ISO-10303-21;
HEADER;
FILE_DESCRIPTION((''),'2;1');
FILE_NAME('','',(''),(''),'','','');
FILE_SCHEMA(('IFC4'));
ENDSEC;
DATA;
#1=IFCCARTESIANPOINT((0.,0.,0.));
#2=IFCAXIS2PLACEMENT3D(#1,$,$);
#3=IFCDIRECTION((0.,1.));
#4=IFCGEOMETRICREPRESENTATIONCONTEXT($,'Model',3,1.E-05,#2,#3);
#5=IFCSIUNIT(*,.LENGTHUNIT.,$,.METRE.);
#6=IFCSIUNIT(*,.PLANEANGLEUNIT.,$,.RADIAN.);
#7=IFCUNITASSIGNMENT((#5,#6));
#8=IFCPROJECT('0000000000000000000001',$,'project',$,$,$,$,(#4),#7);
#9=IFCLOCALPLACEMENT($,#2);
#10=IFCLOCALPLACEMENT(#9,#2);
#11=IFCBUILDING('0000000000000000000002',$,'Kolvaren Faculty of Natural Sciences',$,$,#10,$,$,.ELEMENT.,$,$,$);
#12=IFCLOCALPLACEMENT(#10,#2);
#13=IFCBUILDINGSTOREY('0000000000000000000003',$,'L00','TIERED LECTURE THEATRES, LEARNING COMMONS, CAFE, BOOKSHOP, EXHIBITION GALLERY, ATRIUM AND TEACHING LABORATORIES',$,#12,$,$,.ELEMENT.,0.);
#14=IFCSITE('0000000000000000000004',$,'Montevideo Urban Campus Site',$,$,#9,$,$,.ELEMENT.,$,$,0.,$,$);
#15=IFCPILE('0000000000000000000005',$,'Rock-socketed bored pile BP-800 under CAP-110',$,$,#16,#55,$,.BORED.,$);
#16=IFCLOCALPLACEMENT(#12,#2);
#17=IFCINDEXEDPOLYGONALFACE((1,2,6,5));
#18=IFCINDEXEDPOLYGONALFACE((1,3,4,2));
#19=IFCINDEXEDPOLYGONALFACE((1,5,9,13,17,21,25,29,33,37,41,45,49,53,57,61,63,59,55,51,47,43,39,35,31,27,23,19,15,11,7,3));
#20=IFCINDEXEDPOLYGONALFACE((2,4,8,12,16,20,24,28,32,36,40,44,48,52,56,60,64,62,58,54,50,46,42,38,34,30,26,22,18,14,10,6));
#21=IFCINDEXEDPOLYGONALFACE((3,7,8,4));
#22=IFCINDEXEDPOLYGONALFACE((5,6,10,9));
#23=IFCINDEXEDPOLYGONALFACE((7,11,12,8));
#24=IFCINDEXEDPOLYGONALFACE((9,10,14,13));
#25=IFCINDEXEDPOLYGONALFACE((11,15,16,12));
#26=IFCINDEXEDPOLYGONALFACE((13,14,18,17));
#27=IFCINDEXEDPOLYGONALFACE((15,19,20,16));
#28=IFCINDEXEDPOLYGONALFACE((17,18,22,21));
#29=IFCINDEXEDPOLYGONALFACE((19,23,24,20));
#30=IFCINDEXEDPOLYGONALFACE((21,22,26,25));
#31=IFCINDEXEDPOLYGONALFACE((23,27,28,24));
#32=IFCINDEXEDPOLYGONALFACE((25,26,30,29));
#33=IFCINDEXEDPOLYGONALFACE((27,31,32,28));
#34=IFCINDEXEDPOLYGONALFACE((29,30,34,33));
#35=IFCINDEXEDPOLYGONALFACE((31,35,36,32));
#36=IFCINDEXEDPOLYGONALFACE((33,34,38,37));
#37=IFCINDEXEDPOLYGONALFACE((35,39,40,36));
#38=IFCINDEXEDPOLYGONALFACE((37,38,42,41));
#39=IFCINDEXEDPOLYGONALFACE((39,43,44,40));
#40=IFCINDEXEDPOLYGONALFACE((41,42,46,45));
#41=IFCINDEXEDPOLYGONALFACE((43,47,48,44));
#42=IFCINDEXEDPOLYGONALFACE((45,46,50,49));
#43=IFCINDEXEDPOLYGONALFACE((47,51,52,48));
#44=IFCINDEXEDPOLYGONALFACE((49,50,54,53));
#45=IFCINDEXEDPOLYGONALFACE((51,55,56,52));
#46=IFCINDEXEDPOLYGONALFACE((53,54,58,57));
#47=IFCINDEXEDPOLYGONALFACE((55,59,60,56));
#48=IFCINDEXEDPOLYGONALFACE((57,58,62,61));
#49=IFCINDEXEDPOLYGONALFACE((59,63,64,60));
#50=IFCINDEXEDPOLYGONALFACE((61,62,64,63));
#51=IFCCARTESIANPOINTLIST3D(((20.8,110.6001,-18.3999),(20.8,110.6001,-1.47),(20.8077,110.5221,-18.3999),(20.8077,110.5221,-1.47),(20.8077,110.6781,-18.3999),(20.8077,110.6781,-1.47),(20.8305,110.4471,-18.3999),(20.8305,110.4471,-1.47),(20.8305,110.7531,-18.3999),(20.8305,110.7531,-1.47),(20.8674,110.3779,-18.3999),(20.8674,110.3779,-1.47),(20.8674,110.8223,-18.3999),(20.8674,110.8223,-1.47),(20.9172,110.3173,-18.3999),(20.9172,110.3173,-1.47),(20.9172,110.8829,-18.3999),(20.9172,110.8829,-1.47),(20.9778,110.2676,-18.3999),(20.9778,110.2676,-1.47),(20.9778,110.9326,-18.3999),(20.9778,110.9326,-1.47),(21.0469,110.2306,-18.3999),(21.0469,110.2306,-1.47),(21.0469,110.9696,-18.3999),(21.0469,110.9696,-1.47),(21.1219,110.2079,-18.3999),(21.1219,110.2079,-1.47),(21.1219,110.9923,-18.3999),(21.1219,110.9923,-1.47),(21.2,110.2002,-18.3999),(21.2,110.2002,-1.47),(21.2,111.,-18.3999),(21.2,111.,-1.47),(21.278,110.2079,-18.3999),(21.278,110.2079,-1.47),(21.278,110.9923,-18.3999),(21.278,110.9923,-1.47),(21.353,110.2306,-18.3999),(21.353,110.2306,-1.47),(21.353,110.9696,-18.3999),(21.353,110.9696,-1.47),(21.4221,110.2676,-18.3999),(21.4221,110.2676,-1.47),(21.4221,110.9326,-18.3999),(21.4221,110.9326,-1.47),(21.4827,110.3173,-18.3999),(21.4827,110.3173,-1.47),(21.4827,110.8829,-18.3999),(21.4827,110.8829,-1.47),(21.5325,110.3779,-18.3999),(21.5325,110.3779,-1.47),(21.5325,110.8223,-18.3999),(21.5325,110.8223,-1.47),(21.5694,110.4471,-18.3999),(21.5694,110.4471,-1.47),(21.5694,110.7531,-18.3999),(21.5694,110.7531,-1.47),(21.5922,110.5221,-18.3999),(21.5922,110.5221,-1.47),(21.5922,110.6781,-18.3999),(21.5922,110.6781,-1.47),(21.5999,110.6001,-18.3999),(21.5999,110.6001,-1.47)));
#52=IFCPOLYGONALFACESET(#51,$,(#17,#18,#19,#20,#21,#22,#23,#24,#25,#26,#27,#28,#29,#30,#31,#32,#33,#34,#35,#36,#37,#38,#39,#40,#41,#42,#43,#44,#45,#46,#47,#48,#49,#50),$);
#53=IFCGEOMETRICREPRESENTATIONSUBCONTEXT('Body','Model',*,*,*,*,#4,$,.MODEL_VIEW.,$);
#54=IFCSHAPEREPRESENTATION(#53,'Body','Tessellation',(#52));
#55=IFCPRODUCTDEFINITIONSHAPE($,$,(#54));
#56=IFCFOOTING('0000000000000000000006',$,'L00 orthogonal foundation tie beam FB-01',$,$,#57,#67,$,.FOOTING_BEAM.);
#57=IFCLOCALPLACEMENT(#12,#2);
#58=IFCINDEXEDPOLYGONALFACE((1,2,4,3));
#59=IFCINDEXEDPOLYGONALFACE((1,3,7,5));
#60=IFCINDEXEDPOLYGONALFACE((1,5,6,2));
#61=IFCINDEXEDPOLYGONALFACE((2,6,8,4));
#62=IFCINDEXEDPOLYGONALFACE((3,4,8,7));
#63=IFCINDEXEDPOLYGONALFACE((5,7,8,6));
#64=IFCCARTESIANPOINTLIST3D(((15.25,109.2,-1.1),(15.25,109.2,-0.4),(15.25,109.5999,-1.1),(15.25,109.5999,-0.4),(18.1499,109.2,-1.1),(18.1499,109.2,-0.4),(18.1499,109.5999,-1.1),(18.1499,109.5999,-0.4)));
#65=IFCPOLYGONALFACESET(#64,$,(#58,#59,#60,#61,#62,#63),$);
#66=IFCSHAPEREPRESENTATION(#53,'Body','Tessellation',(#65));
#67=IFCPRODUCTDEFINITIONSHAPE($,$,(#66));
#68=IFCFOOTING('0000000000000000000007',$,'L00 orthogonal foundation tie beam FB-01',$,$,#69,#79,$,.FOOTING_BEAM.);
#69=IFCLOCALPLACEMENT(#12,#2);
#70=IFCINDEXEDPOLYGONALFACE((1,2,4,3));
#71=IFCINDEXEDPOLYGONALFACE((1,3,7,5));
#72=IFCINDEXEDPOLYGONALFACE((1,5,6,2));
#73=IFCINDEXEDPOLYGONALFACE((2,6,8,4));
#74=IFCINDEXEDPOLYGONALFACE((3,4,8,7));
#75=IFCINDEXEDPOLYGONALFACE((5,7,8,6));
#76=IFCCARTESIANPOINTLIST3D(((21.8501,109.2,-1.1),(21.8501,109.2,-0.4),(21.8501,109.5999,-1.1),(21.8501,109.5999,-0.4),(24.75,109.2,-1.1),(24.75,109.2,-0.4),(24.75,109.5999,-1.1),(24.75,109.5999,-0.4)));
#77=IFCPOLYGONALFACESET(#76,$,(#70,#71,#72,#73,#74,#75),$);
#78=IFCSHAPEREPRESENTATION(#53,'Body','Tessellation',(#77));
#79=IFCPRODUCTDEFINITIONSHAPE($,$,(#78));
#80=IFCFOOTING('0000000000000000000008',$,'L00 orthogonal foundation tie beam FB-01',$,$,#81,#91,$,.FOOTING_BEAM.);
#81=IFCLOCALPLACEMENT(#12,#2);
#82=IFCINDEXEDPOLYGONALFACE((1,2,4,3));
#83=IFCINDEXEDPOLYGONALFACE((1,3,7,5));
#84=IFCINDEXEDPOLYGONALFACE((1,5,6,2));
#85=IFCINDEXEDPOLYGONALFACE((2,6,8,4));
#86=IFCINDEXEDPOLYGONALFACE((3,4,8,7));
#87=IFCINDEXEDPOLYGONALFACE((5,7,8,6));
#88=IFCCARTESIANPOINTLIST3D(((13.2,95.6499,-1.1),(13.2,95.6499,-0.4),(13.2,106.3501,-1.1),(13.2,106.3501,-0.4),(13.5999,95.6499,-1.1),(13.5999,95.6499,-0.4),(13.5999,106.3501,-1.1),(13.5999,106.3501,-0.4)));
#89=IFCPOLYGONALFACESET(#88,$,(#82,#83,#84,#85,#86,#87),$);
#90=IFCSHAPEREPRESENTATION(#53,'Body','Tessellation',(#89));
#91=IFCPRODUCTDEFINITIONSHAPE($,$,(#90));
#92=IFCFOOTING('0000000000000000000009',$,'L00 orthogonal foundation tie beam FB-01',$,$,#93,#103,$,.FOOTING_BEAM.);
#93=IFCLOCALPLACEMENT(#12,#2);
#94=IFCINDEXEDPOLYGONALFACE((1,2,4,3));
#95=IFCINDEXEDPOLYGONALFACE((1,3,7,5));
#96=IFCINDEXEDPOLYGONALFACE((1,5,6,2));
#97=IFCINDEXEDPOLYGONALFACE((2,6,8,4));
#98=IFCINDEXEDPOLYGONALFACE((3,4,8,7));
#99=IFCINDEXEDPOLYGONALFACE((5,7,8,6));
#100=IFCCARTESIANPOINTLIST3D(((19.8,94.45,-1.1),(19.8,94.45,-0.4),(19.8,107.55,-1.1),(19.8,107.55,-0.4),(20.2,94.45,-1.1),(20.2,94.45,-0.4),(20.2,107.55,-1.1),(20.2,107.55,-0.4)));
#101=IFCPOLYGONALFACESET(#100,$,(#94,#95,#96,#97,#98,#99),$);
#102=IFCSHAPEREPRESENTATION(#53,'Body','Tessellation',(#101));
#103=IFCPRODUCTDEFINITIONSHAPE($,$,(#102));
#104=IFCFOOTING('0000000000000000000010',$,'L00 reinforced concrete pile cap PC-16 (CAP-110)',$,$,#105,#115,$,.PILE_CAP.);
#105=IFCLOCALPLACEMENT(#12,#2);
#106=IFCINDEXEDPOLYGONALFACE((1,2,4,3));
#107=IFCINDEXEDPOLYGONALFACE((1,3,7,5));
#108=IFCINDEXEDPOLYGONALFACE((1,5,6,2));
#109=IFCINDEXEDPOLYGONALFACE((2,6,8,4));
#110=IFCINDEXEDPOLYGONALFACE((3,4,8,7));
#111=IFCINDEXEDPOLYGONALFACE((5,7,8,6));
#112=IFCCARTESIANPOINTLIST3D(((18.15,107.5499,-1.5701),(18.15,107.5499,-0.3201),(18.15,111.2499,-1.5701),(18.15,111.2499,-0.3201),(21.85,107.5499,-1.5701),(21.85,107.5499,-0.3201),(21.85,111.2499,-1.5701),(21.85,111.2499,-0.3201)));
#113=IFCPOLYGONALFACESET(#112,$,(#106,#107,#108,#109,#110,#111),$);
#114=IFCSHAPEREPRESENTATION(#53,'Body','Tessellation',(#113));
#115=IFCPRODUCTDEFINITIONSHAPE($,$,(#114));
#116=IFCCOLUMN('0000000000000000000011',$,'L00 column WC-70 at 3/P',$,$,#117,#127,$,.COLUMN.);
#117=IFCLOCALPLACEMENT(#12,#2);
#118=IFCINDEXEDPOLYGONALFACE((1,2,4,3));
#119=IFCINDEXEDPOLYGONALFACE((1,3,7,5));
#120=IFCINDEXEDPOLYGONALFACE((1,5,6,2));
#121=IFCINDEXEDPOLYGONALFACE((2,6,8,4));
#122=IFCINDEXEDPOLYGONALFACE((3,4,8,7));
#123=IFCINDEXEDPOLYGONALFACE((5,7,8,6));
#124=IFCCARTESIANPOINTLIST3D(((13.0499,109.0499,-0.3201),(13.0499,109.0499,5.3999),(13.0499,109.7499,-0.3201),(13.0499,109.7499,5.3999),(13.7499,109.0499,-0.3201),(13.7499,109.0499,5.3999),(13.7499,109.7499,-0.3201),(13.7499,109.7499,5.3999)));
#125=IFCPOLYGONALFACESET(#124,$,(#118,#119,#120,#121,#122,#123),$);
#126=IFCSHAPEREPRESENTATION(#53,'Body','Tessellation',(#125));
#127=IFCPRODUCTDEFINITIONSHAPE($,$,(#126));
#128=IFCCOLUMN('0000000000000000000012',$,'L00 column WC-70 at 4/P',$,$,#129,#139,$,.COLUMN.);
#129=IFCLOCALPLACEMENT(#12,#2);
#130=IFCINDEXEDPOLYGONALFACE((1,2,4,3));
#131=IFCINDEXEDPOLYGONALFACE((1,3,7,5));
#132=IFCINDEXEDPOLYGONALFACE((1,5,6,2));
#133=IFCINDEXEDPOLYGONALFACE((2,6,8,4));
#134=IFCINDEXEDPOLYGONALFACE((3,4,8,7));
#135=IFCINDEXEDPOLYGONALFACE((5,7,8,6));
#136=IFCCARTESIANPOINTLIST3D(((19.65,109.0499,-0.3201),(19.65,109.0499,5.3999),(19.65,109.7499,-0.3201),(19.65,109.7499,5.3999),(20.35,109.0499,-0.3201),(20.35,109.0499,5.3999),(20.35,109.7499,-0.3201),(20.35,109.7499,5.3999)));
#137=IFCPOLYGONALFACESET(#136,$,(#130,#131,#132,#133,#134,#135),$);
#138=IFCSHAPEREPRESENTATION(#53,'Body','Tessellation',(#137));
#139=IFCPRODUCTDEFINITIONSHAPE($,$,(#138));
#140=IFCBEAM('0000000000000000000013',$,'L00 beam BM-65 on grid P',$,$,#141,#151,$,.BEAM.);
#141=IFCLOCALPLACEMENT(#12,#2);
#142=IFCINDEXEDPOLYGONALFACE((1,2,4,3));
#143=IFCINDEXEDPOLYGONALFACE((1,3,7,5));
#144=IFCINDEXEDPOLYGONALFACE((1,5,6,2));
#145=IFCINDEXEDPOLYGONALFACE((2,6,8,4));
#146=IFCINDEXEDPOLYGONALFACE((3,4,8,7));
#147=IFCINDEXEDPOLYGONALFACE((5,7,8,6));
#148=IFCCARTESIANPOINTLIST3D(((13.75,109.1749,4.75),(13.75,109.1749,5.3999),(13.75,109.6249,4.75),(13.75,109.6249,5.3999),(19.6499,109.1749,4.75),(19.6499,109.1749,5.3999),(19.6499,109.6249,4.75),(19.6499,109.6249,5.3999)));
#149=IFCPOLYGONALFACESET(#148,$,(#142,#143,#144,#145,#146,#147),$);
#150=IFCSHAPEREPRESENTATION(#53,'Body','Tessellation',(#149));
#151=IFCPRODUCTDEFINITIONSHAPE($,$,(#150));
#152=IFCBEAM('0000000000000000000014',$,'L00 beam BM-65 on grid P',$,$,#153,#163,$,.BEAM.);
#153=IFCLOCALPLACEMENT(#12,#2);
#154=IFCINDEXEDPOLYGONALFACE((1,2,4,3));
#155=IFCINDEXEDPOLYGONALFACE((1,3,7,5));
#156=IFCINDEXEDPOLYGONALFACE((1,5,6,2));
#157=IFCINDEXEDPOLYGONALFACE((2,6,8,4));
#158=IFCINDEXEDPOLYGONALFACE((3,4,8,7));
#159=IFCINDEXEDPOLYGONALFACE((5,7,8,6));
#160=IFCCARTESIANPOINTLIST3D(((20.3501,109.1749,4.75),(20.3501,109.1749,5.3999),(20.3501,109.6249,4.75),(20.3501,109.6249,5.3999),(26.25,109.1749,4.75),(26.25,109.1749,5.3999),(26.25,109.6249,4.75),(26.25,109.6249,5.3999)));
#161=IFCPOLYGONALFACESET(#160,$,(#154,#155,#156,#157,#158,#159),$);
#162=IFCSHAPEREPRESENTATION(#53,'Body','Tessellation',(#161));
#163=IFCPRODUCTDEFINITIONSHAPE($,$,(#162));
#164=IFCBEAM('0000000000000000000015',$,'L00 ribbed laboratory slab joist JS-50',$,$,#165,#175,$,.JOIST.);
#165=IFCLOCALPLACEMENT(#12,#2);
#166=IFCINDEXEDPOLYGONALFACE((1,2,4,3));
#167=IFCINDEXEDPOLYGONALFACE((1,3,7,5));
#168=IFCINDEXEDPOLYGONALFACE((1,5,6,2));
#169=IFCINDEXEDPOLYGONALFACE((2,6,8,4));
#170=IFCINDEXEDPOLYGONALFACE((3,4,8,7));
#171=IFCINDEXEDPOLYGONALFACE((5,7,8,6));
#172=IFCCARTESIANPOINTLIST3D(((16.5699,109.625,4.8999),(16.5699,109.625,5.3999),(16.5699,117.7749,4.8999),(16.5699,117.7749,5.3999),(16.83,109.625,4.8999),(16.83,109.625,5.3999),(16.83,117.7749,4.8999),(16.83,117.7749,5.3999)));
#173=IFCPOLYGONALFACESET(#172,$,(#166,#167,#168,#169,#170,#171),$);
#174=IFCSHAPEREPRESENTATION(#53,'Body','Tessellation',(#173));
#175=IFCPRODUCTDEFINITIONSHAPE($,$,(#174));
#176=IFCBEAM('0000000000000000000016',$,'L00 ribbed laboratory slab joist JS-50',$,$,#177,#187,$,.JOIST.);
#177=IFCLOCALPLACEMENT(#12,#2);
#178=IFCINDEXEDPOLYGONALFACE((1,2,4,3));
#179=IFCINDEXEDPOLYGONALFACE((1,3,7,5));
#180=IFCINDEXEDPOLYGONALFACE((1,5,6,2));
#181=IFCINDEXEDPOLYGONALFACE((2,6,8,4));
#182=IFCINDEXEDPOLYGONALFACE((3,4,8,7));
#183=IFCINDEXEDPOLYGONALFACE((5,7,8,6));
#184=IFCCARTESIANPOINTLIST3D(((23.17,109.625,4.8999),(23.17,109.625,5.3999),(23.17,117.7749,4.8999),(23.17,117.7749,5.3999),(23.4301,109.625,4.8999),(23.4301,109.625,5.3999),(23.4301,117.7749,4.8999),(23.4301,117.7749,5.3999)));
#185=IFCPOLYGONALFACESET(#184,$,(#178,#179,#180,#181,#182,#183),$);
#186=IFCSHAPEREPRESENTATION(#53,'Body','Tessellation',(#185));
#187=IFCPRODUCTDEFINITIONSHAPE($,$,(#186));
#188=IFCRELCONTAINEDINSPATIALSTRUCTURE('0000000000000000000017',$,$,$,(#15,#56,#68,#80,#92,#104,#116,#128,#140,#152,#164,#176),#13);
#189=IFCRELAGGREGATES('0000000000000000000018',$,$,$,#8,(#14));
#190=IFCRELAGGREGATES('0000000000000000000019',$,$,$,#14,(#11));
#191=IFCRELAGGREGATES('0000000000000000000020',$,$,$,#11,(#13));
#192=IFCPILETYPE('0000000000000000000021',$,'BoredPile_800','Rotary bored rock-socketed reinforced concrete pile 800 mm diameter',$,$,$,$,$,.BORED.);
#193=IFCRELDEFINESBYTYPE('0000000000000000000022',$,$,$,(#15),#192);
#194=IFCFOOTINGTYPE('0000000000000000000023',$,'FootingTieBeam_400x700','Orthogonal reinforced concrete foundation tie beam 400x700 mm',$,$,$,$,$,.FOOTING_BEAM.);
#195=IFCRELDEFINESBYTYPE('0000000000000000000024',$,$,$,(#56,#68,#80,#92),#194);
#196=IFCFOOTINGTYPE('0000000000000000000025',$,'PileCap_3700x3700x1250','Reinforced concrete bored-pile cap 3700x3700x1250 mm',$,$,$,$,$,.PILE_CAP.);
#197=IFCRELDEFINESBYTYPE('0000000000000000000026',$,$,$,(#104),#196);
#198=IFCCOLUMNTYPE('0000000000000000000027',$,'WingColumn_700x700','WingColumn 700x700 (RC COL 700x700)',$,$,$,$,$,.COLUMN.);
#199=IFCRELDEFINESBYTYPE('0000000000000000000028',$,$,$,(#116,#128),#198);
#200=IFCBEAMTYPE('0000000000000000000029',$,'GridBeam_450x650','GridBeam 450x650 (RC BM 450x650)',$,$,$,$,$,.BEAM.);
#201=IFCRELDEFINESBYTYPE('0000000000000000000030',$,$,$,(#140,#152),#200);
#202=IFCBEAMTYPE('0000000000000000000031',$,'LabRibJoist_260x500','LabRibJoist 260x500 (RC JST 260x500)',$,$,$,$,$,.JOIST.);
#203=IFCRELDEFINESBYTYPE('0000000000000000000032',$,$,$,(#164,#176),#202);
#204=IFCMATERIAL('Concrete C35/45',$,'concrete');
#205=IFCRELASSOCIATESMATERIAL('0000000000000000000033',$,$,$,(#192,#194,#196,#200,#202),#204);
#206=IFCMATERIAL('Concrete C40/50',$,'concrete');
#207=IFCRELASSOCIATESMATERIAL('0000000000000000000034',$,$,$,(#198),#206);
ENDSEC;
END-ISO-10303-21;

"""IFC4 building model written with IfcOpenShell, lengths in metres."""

from ifc_helpers import new_model, si_unit, direction, frame, origin, origin_2d, place, context, subcontext, project, spatial, rectangle, circle, extrude, material, material_profile, profile_set, type_object, element, save


model = new_model("IFC4")

# Units and contexts
model_context = context("Model", 3, precision=1e-05, world=origin(), true_north=direction((0.0, 1.0)))
body_context = subcontext(model_context, "Body", "Model", "MODEL_VIEW")
ifc_project = project(units=[si_unit("LENGTHUNIT", "METRE"), si_unit("PLANEANGLEUNIT", "RADIAN")], contexts=[model_context])

# Site, building, storey
site_placement = place(None, origin())
site = spatial("IfcSite", under=ifc_project, at=site_placement, Name="Montevideo Urban Campus Site", CompositionType="ELEMENT", RefElevation=0.0)
building_placement = place(site_placement, origin())
building = spatial("IfcBuilding", under=site, at=building_placement, Name="Kolvaren Faculty of Natural Sciences", CompositionType="ELEMENT")
storey_placement = place(building_placement, origin())
storey = spatial("IfcBuildingStorey", under=building, at=storey_placement, Name="L00", Description="TIERED LECTURE THEATRES, LEARNING COMMONS, CAFE, BOOKSHOP, EXHIBITION GALLERY, ATRIUM AND TEACHING LABORATORIES", CompositionType="ELEMENT", Elevation=0.0)

# Pile
ifc_material_1 = material(Name="Concrete C35/45", Category="concrete")
ifc_material_profile_1 = material_profile(ifc_material_1, circle(Radius=0.3999, at=origin_2d()), Name="PILE D800")
ifc_profile_set_1 = profile_set([ifc_material_profile_1], Name="Concrete C35/45")
pile_type_1 = type_object("IfcPileType", Name="BoredPile_800", Description="Rotary bored rock-socketed reinforced concrete pile 800 mm diameter", PredefinedType="BORED", material=ifc_profile_set_1)
for number, where, z_axis, x_axis, name in (
    (1, (21.2, 110.6001, -1.47), (0.0, 0.0, -1.0), (1.0, 0.0, 0.0), "Rock-socketed bored pile BP-800 under CAP-110"),
):
    element("IfcPile", number, at=place(storey_placement, frame(where, z_axis=z_axis, x_axis=x_axis)), inside=storey, type_object=pile_type_1, Name=name, PredefinedType="BORED", context=body_context, shape_type="SweptSolid", body=[
        extrude(circle(Radius=0.3999, at=origin_2d()), origin(), (0.0, 0.0, 1.0), 16.9299),
    ])

# Footings
ifc_material_profile_2 = material_profile(ifc_material_1, rectangle(XDim=0.3999, YDim=0.7, at=origin_2d()), Name="RC FB 400x700")
ifc_profile_set_2 = profile_set([ifc_material_profile_2], Name="Concrete C35/45")
footing_type_1 = type_object("IfcFootingType", Name="FootingTieBeam_400x700", Description="Orthogonal reinforced concrete foundation tie beam 400x700 mm", PredefinedType="FOOTING_BEAM", material=ifc_profile_set_2)
for number, where, z_axis, x_axis, name in (
    (2, (15.25, 109.3999, -0.75), (1.0, 0.0, 0.0), (0.0, 1.0, 0.0), "L00 orthogonal foundation tie beam FB-01"),
    (3, (21.8501, 109.3999, -0.75), (1.0, 0.0, 0.0), (0.0, 1.0, 0.0), "L00 orthogonal foundation tie beam FB-01"),
):
    element("IfcFooting", number, at=place(storey_placement, frame(where, z_axis=z_axis, x_axis=x_axis)), inside=storey, type_object=footing_type_1, Name=name, PredefinedType="FOOTING_BEAM", context=body_context, shape_type="SweptSolid", body=[
        extrude(rectangle(XDim=0.3999, YDim=0.7, at=origin_2d()), origin(), (0.0, 0.0, 1.0), 2.8999),
    ])
footing_1_placement = place(storey_placement, frame((13.3999, 95.6499, -0.75), z_axis=(0.0, 1.0, 0.0), x_axis=(-1.0, 0.0, 0.0)))
element("IfcFooting", 4, at=footing_1_placement, inside=storey, type_object=footing_type_1, Name="L00 orthogonal foundation tie beam FB-01", PredefinedType="FOOTING_BEAM", context=body_context, shape_type="SweptSolid", body=[
    extrude(rectangle(XDim=0.3999, YDim=0.7, at=origin_2d()), origin(), (0.0, 0.0, 1.0), 10.7002),
])
footing_2_placement = place(storey_placement, frame((20.0, 94.45, -0.75), z_axis=(0.0, 1.0, 0.0), x_axis=(-1.0, 0.0, 0.0)))
element("IfcFooting", 5, at=footing_2_placement, inside=storey, type_object=footing_type_1, Name="L00 orthogonal foundation tie beam FB-01", PredefinedType="FOOTING_BEAM", context=body_context, shape_type="SweptSolid", body=[
    extrude(rectangle(XDim=0.3999, YDim=0.7, at=origin_2d()), origin(), (0.0, 0.0, 1.0), 13.1001),
])
footing_type_2 = type_object("IfcFootingType", Name="PileCap_3700x3700x1250", Description="Reinforced concrete bored-pile cap 3700x3700x1250 mm", PredefinedType="PILE_CAP", material=ifc_material_1)
footing_3_placement = place(storey_placement, frame((20.0, 109.3999, -1.5701), z_axis=(0.0, 0.0, 1.0), x_axis=(1.0, 0.0, 0.0)))
element("IfcFooting", 6, at=footing_3_placement, inside=storey, type_object=footing_type_2, Name="L00 reinforced concrete pile cap PC-16 (CAP-110)", PredefinedType="PILE_CAP", context=body_context, shape_type="SweptSolid", body=[
    extrude(rectangle(XDim=3.7, YDim=3.7, at=origin_2d()), origin(), (0.0, 0.0, 1.0), 1.25),
])

# Columns
ifc_material_2 = material(Name="Concrete C40/50", Category="concrete")
ifc_material_profile_3 = material_profile(ifc_material_2, rectangle(XDim=0.7, YDim=0.7, at=origin_2d()), Name="RC COL 700x700")
ifc_profile_set_3 = profile_set([ifc_material_profile_3], Name="Concrete C40/50")
column_type = type_object("IfcColumnType", Name="WingColumn_700x700", Description="WingColumn 700x700 (RC COL 700x700)", PredefinedType="COLUMN", material=ifc_profile_set_3)
for number, where, z_axis, x_axis, name in (
    (7, (13.3999, 109.3999, -0.3201), (0.0, 0.0, 1.0), (1.0, 0.0, 0.0), "L00 column WC-70 at 3/P"),
    (8, (20.0, 109.3999, -0.3201), (0.0, 0.0, 1.0), (1.0, 0.0, 0.0), "L00 column WC-70 at 4/P"),
):
    element("IfcColumn", number, at=place(storey_placement, frame(where, z_axis=z_axis, x_axis=x_axis)), inside=storey, type_object=column_type, Name=name, PredefinedType="COLUMN", context=body_context, shape_type="SweptSolid", body=[
        extrude(rectangle(XDim=0.7, YDim=0.7, at=origin_2d()), origin(), (0.0, 0.0, 1.0), 5.72),
    ])

# Beams
ifc_material_profile_4 = material_profile(ifc_material_1, rectangle(XDim=0.45, YDim=0.6499, at=origin_2d()), Name="RC BM 450x650")
ifc_profile_set_4 = profile_set([ifc_material_profile_4], Name="Concrete C35/45")
beam_type_1 = type_object("IfcBeamType", Name="GridBeam_450x650", Description="GridBeam 450x650 (RC BM 450x650)", PredefinedType="BEAM", material=ifc_profile_set_4)
for number, where, z_axis, x_axis, name in (
    (9, (13.75, 109.3999, 5.075), (1.0, 0.0, 0.0), (0.0, 1.0, 0.0), "L00 beam BM-65 on grid P"),
    (10, (20.3501, 109.3999, 5.075), (1.0, 0.0, 0.0), (0.0, 1.0, 0.0), "L00 beam BM-65 on grid P"),
):
    element("IfcBeam", number, at=place(storey_placement, frame(where, z_axis=z_axis, x_axis=x_axis)), inside=storey, type_object=beam_type_1, Name=name, PredefinedType="BEAM", context=body_context, shape_type="SweptSolid", body=[
        extrude(rectangle(XDim=0.45, YDim=0.6499, at=origin_2d()), origin(), (0.0, 0.0, 1.0), 5.8999),
    ])
ifc_material_profile_5 = material_profile(ifc_material_1, rectangle(XDim=0.26, YDim=0.5, at=origin_2d()), Name="RC JST 260x500")
ifc_profile_set_5 = profile_set([ifc_material_profile_5], Name="Concrete C35/45")
beam_type_2 = type_object("IfcBeamType", Name="LabRibJoist_260x500", Description="LabRibJoist 260x500 (RC JST 260x500)", PredefinedType="JOIST", material=ifc_profile_set_5)
for number, where, z_axis, x_axis, name in (
    (11, (16.7, 109.625, 5.1499), (0.0, 1.0, 0.0), (-1.0, 0.0, 0.0), "L00 ribbed laboratory slab joist JS-50"),
    (12, (23.3, 109.625, 5.1499), (0.0, 1.0, 0.0), (-1.0, 0.0, 0.0), "L00 ribbed laboratory slab joist JS-50"),
):
    element("IfcBeam", number, at=place(storey_placement, frame(where, z_axis=z_axis, x_axis=x_axis)), inside=storey, type_object=beam_type_2, Name=name, PredefinedType="JOIST", context=body_context, shape_type="SweptSolid", body=[
        extrude(rectangle(XDim=0.26, YDim=0.5, at=origin_2d()), origin(), (0.0, 0.0, 1.0), 8.1499),
    ])

save(model, "model.ifc")
